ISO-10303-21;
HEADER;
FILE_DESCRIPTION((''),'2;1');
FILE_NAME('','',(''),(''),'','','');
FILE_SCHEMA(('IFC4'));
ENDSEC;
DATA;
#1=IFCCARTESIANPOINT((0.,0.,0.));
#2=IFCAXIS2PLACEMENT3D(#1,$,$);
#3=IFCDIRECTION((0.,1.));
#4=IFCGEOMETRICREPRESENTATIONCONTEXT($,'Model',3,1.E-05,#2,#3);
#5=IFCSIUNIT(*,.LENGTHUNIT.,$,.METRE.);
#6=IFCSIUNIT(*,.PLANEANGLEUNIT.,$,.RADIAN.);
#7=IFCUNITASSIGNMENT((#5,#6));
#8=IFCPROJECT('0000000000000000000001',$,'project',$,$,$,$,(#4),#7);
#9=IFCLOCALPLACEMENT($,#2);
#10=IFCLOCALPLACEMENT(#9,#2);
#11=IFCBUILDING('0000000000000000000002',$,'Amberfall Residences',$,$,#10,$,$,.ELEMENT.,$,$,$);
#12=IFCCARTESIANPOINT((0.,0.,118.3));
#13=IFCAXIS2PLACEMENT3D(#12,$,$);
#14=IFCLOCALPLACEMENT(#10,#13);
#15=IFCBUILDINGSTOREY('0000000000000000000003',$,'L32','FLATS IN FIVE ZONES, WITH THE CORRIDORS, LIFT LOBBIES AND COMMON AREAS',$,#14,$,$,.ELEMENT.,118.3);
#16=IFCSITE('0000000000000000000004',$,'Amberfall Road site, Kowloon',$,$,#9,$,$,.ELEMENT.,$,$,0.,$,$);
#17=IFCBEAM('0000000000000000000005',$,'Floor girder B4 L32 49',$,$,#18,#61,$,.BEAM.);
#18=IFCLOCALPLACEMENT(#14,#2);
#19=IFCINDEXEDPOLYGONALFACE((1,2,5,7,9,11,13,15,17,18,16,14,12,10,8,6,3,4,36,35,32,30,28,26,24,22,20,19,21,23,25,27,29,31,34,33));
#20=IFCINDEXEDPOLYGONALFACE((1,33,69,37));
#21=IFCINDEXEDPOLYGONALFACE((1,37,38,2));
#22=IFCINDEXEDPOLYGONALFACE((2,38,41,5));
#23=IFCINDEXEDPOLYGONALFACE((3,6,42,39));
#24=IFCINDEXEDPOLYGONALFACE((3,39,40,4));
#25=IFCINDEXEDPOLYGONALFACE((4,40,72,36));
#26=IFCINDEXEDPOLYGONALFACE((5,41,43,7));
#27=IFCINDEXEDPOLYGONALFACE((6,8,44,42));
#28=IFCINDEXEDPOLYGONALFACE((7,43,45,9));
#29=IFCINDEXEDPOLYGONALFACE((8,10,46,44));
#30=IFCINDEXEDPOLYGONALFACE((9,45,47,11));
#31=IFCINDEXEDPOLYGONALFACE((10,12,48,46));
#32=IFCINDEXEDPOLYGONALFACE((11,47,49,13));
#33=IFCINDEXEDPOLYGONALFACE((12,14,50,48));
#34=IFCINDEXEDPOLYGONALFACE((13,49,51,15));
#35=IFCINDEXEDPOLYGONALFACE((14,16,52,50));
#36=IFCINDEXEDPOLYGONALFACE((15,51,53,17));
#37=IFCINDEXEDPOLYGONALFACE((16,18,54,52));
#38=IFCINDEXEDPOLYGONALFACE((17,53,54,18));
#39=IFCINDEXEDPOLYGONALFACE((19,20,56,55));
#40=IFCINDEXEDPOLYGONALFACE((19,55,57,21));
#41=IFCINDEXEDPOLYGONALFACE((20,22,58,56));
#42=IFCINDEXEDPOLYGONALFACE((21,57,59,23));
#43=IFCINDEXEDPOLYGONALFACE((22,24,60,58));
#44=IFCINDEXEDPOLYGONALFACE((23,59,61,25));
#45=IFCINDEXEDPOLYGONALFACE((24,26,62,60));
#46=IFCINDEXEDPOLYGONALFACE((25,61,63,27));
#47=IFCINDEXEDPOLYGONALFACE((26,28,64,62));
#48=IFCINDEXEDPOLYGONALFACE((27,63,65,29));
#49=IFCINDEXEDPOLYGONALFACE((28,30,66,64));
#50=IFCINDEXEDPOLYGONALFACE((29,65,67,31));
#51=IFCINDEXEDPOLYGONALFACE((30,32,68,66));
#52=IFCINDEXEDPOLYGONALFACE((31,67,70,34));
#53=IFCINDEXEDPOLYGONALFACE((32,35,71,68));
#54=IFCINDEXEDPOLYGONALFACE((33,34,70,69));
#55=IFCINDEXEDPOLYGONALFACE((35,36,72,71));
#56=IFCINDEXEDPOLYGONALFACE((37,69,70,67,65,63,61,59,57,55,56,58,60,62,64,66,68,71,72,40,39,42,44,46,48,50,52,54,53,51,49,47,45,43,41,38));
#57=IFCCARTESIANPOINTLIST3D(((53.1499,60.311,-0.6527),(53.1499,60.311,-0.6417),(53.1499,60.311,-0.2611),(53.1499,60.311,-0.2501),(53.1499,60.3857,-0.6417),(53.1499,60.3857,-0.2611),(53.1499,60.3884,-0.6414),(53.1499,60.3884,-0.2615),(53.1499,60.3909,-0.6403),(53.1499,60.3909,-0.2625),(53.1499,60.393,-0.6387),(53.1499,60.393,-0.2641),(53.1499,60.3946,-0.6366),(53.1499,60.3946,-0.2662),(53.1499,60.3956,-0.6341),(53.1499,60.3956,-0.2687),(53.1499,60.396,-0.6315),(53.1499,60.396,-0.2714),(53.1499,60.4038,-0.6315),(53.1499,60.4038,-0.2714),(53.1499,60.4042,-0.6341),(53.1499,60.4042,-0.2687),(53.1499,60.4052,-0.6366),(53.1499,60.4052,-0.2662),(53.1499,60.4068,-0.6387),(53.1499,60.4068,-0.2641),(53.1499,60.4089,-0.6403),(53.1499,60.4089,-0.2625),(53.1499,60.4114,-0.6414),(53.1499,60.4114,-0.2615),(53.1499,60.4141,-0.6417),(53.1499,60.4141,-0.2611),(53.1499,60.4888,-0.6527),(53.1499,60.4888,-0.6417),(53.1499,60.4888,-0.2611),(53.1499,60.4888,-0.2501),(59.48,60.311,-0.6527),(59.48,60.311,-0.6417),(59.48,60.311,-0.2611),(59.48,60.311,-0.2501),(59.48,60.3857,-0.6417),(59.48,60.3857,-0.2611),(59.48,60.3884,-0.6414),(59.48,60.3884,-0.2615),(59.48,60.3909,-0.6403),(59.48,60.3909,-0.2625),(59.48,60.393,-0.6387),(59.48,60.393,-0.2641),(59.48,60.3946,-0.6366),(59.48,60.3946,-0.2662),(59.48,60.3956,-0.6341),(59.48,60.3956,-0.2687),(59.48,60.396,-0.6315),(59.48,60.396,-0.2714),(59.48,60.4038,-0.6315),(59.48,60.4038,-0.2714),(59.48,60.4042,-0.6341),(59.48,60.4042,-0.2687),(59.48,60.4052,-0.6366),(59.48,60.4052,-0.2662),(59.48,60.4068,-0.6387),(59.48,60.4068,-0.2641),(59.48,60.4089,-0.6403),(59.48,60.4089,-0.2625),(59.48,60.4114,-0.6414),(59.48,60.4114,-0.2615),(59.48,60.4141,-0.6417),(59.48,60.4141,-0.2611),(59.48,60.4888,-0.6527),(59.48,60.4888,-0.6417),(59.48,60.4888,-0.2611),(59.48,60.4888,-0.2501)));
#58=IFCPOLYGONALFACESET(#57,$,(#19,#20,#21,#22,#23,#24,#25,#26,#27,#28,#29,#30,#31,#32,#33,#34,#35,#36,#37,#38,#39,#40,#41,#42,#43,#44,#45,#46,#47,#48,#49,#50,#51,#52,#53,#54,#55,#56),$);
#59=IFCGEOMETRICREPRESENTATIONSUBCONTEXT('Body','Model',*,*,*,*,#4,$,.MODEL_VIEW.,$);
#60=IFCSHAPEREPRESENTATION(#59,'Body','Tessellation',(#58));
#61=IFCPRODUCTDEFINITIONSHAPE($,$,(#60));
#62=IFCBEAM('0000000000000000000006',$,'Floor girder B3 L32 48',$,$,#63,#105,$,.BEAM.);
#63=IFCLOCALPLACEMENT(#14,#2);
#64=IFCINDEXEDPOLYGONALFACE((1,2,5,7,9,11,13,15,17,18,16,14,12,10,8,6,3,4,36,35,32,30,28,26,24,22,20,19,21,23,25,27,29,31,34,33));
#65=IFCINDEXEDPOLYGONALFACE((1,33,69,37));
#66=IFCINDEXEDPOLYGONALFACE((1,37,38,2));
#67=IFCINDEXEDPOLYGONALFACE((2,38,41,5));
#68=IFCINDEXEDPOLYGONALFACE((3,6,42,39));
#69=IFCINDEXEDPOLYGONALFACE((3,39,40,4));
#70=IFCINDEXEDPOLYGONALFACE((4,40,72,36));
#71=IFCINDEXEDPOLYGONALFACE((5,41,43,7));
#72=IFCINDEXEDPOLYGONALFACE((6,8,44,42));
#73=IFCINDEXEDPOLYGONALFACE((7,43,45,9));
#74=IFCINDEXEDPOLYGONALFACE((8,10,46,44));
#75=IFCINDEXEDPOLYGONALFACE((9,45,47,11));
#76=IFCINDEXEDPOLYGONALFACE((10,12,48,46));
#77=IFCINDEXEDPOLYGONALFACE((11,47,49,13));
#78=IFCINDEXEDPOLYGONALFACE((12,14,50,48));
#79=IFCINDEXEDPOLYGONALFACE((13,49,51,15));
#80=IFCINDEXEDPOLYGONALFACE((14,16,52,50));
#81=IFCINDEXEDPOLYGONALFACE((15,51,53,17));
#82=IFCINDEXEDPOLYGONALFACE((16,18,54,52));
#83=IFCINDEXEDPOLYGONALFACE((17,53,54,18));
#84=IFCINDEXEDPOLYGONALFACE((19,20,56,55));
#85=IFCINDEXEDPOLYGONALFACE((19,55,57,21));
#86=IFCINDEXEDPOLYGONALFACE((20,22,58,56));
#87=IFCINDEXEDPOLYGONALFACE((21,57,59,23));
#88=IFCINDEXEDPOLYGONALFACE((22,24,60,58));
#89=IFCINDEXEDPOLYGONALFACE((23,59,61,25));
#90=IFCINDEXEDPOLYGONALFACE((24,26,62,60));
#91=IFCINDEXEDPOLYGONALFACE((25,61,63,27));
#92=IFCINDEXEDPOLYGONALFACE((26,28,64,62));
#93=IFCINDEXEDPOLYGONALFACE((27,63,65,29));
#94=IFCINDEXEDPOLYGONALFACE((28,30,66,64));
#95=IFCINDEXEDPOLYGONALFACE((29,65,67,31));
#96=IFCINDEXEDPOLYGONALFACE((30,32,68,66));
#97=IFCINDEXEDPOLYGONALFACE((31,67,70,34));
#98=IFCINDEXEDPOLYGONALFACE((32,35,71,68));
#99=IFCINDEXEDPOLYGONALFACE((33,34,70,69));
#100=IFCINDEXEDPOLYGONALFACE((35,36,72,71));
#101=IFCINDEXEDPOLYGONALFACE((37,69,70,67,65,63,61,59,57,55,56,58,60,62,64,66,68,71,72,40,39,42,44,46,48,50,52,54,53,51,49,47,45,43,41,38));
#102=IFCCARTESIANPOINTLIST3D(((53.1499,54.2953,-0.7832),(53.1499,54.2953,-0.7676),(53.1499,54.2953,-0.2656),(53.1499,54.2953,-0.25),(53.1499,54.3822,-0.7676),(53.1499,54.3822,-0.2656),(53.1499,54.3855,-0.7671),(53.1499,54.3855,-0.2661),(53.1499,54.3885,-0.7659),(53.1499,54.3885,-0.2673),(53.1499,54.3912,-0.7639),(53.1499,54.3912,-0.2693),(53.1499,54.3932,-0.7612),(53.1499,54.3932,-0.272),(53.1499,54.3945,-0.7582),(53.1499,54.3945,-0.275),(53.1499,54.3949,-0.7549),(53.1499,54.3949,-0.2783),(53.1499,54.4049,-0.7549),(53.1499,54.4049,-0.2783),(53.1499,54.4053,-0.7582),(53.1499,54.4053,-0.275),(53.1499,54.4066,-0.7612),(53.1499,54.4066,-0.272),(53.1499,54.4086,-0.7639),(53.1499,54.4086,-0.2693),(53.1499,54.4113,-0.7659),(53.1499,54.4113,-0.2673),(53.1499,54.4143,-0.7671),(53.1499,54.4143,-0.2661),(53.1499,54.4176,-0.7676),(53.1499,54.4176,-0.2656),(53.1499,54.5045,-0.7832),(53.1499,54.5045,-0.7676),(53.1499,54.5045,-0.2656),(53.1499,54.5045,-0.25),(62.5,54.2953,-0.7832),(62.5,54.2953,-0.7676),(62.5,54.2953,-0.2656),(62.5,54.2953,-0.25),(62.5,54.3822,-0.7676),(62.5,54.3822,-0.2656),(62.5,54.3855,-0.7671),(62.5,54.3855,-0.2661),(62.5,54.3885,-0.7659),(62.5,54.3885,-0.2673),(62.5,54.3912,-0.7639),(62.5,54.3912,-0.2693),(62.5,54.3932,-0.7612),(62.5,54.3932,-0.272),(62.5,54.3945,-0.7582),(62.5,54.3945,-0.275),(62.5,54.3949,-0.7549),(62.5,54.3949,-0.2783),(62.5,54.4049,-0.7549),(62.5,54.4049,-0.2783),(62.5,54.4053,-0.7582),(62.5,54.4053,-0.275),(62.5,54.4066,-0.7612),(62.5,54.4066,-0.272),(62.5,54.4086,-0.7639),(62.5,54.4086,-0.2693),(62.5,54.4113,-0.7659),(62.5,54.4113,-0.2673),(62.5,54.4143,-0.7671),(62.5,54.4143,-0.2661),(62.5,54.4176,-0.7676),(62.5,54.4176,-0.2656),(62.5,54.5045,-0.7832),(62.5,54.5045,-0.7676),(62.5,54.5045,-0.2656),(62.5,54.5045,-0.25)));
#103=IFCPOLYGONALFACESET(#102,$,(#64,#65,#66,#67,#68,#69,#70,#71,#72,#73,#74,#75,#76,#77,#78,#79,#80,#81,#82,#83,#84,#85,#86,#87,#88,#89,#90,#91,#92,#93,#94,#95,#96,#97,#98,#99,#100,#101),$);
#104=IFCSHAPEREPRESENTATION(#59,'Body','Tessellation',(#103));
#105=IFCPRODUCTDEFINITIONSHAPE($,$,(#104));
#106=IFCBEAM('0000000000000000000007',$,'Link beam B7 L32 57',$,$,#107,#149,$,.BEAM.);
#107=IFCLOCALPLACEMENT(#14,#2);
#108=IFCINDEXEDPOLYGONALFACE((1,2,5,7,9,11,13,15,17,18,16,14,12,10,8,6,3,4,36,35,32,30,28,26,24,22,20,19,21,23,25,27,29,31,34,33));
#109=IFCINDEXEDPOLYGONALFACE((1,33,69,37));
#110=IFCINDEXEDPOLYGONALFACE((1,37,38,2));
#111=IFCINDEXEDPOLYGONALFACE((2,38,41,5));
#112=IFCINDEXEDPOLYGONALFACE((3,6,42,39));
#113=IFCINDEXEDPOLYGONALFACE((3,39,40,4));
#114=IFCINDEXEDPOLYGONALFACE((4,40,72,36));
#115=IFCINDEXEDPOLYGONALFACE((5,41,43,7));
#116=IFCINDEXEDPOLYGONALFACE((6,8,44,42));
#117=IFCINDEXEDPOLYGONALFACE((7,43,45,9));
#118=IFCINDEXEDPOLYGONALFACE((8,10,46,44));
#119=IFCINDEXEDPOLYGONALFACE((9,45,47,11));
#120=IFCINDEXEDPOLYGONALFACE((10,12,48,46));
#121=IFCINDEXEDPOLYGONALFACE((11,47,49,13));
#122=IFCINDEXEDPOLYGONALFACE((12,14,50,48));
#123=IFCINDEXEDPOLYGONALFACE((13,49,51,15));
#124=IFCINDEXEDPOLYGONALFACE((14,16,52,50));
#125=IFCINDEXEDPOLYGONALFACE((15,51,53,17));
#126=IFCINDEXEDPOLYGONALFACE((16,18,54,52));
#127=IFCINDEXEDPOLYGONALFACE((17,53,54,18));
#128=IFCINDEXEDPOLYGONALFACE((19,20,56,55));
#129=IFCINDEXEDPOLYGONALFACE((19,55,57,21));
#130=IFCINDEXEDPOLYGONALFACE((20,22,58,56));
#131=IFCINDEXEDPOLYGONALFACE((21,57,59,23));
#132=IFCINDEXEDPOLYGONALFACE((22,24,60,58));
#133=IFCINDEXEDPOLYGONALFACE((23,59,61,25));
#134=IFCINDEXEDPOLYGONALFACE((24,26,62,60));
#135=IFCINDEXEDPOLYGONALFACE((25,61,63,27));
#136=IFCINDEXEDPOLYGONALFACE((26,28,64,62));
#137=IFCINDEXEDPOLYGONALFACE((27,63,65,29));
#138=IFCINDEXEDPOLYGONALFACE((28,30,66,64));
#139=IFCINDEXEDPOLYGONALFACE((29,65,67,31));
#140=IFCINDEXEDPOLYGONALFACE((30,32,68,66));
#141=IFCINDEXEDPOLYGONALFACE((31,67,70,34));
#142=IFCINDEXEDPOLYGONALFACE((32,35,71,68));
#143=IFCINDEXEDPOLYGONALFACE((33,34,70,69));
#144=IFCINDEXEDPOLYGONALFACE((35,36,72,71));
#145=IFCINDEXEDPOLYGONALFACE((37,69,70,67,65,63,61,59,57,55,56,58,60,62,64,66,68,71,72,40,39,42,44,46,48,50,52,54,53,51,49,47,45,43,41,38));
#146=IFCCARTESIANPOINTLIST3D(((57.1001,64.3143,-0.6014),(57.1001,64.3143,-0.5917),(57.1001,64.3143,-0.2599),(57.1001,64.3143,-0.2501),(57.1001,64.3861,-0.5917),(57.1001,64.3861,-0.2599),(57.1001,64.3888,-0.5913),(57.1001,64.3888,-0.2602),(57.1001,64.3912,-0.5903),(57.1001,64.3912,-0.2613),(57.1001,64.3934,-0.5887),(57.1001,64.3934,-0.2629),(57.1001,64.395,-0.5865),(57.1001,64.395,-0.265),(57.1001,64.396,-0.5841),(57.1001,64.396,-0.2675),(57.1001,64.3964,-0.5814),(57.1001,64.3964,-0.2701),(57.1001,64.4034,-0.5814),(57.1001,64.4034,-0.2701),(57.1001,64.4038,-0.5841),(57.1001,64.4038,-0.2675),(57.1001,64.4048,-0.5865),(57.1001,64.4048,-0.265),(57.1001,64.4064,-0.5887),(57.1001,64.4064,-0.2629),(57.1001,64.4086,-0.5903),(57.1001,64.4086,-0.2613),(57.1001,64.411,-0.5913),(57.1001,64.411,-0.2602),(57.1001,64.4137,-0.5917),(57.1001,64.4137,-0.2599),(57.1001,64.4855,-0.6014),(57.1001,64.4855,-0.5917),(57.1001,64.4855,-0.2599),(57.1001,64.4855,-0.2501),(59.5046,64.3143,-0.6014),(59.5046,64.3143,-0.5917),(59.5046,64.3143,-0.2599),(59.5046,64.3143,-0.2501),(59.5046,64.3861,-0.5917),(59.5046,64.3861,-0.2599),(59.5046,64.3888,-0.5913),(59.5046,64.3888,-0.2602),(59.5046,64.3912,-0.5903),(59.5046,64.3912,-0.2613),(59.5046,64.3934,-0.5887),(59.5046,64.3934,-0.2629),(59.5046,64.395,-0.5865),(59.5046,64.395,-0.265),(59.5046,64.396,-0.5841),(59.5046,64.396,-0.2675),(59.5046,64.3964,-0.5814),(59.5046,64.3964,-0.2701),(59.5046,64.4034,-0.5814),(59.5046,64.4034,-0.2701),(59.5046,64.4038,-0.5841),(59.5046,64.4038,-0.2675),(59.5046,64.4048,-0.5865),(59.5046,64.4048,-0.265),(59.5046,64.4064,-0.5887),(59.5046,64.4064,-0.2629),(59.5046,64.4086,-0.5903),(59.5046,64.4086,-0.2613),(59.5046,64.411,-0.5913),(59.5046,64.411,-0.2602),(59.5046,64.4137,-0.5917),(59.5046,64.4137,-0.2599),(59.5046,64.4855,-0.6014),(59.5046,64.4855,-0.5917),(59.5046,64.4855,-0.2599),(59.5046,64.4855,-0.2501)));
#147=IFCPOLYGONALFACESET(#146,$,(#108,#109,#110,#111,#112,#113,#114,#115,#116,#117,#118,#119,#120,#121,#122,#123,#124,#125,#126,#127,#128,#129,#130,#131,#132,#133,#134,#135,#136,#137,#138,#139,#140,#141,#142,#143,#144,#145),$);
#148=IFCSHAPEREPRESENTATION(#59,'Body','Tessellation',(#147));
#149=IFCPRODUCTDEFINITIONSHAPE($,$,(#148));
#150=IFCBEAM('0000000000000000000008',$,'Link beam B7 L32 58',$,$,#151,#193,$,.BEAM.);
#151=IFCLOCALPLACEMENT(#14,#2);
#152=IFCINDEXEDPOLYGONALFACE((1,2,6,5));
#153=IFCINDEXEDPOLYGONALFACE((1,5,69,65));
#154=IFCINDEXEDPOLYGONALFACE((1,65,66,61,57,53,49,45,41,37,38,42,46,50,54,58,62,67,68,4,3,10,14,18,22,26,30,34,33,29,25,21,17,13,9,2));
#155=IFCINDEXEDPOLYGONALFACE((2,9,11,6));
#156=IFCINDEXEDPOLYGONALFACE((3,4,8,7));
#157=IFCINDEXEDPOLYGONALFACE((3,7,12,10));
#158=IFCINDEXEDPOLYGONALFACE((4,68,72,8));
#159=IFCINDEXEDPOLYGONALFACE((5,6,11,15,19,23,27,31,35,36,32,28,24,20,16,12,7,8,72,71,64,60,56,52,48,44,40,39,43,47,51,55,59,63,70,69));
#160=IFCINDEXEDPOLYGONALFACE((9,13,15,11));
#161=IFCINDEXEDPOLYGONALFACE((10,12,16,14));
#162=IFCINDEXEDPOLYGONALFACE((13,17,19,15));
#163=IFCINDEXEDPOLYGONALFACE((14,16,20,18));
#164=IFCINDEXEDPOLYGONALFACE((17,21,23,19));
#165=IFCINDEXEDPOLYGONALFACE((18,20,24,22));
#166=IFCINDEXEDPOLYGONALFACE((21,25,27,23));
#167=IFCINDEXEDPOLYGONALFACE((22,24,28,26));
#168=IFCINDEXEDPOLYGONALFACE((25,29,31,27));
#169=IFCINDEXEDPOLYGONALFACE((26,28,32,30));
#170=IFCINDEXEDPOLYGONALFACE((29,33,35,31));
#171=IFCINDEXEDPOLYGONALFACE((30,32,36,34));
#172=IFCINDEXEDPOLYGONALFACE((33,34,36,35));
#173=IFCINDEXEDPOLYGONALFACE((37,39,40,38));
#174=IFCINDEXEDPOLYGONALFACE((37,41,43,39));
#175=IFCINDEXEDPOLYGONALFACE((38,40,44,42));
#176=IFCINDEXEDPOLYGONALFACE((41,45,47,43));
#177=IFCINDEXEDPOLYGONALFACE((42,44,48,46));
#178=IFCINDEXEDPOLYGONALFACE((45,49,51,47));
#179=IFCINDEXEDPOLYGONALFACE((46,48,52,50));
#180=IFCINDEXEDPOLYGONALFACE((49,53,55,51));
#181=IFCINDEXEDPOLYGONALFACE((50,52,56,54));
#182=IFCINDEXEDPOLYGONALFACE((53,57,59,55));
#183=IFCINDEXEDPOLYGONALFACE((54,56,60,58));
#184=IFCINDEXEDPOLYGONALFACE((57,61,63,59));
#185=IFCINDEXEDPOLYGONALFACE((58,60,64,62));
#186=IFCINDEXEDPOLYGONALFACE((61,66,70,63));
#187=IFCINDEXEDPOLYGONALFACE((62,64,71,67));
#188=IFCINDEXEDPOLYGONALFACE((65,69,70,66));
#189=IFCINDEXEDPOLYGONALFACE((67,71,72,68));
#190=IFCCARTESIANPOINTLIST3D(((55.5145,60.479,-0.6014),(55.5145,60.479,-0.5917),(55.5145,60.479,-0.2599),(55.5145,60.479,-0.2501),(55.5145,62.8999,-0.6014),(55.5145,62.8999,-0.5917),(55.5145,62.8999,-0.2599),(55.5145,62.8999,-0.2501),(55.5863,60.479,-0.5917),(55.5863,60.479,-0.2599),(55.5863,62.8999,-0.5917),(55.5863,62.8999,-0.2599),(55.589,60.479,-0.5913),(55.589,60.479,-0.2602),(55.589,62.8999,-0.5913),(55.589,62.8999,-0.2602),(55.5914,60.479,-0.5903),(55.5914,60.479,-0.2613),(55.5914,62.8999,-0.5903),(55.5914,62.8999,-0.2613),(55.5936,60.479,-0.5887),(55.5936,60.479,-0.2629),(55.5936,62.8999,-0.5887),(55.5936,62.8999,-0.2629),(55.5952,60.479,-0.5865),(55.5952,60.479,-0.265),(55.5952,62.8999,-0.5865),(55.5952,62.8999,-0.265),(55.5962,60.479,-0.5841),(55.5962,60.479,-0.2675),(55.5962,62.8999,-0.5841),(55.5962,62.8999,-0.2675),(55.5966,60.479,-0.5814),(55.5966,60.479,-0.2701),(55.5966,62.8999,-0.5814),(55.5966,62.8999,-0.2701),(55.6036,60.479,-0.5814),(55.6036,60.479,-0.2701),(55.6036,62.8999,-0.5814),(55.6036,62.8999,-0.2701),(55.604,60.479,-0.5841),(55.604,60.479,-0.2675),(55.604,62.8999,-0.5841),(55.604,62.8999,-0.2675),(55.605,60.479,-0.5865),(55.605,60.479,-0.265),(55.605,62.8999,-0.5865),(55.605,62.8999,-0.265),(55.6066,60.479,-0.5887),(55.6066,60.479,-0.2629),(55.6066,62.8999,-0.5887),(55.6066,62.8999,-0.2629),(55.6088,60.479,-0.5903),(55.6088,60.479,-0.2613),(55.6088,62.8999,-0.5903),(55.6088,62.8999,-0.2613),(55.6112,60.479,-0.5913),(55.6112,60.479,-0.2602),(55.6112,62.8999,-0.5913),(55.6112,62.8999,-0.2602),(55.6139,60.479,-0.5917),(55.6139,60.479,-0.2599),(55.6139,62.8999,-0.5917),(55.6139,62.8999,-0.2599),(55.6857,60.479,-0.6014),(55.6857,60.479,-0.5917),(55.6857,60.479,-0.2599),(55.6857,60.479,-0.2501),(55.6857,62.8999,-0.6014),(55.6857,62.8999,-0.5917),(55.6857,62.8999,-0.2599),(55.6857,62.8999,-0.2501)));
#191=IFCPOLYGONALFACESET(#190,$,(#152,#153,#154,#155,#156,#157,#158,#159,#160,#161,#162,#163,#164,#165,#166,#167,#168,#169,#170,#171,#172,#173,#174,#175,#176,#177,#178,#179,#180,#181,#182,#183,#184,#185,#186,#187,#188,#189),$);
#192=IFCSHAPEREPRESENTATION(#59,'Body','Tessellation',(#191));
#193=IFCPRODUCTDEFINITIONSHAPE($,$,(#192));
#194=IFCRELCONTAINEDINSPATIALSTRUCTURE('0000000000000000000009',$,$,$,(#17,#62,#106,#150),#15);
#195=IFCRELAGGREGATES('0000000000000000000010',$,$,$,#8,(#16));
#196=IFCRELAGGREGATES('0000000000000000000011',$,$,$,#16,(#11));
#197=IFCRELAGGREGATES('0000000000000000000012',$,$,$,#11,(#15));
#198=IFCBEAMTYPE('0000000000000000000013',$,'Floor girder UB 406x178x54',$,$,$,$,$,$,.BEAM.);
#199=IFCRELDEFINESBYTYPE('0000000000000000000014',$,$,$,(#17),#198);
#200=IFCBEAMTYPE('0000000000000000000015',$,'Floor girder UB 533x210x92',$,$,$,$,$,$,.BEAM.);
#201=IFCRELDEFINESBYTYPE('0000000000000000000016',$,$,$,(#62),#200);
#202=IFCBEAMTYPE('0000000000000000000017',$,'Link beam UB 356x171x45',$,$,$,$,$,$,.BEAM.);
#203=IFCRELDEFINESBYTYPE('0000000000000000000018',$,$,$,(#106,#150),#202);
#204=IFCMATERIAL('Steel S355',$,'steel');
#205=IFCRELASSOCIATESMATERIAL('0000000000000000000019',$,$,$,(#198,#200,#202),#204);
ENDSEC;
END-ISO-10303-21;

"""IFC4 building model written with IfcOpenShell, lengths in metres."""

from ifc_helpers import new_model, si_unit, direction, frame, origin, origin_2d, place, context, subcontext, project, spatial, i_section, extrude, material, material_profile, profile_set, type_object, element, save


model = new_model("IFC4")

# Units and contexts
model_context = context("Model", 3, precision=1e-05, world=origin(), true_north=direction((0.0, 1.0)))
body_context = subcontext(model_context, "Body", "Model", "MODEL_VIEW")
ifc_project = project(units=[si_unit("LENGTHUNIT", "METRE"), si_unit("PLANEANGLEUNIT", "RADIAN")], contexts=[model_context])

# Site, building, storey
site_placement = place(None, origin())
site = spatial("IfcSite", under=ifc_project, at=site_placement, Name="Amberfall Road site, Kowloon", CompositionType="ELEMENT", RefElevation=0.0)
building_placement = place(site_placement, origin())
building = spatial("IfcBuilding", under=site, at=building_placement, Name="Amberfall Residences", CompositionType="ELEMENT")
storey_placement = place(building_placement, frame((0.0, 0.0, 118.3)))
storey = spatial("IfcBuildingStorey", under=building, at=storey_placement, Name="L32", Description="FLATS IN FIVE ZONES, WITH THE CORRIDORS, LIFT LOBBIES AND COMMON AREAS", CompositionType="ELEMENT", Elevation=118.3)

# Shared definitions
ifc_material_1 = material(Name="Steel S355", Category="steel")

# Beams
ifc_material_profile_1 = material_profile(ifc_material_1, i_section(OverallWidth=0.1777, OverallDepth=0.4026, WebThickness=0.0078, FlangeThickness=0.011, FilletRadius=0.0103, at=origin_2d()), Name="UB 406x178x54")
ifc_profile_set_1 = profile_set([ifc_material_profile_1], Name="Steel S355")
beam_type_1 = type_object("IfcBeamType", Name="Floor girder UB 406x178x54", PredefinedType="BEAM", material=ifc_profile_set_1)
beam_1_placement = place(storey_placement, frame((53.1499, 60.3999, -0.4514), z_axis=(1.0, 0.0, 0.0), x_axis=(0.0, 1.0, 0.0)))
element("IfcBeam", 1, at=beam_1_placement, inside=storey, type_object=beam_type_1, Name="Floor girder B4 L32 49", PredefinedType="BEAM", context=body_context, shape_type="SweptSolid", body=[
    extrude(i_section(OverallWidth=0.1777, OverallDepth=0.4026, WebThickness=0.0078, FlangeThickness=0.011, FilletRadius=0.0103, at=origin_2d()), origin(), (0.0, 0.0, 1.0), 6.3301),
])
ifc_material_profile_2 = material_profile(ifc_material_1, i_section(OverallWidth=0.2092, OverallDepth=0.5332, WebThickness=0.01, FlangeThickness=0.0156, FilletRadius=0.0127, at=origin_2d()), Name="UB 533x210x92")
ifc_profile_set_2 = profile_set([ifc_material_profile_2], Name="Steel S355")
beam_type_2 = type_object("IfcBeamType", Name="Floor girder UB 533x210x92", PredefinedType="BEAM", material=ifc_profile_set_2)
beam_2_placement = place(storey_placement, frame((53.1499, 54.3999, -0.5166), z_axis=(1.0, 0.0, 0.0), x_axis=(0.0, 1.0, 0.0)))
element("IfcBeam", 2, at=beam_2_placement, inside=storey, type_object=beam_type_2, Name="Floor girder B3 L32 48", PredefinedType="BEAM", context=body_context, shape_type="SweptSolid", body=[
    extrude(i_section(OverallWidth=0.2092, OverallDepth=0.5332, WebThickness=0.01, FlangeThickness=0.0156, FilletRadius=0.0127, at=origin_2d()), origin(), (0.0, 0.0, 1.0), 9.3501),
])
ifc_material_profile_3 = material_profile(ifc_material_1, i_section(OverallWidth=0.1711, OverallDepth=0.3513, WebThickness=0.0071, FlangeThickness=0.0098, FilletRadius=0.0103, at=origin_2d()), Name="UB 356x171x45")
ifc_profile_set_3 = profile_set([ifc_material_profile_3], Name="Steel S355")
beam_type_3 = type_object("IfcBeamType", Name="Link beam UB 356x171x45", PredefinedType="BEAM", material=ifc_profile_set_3)
beam_3_placement = place(storey_placement, frame((57.1001, 64.3999, -0.4258), z_axis=(1.0, 0.0, 0.0), x_axis=(0.0, 1.0, 0.0)))
element("IfcBeam", 3, at=beam_3_placement, inside=storey, type_object=beam_type_3, Name="Link beam B7 L32 57", PredefinedType="BEAM", context=body_context, shape_type="SweptSolid", body=[
    extrude(i_section(OverallWidth=0.1711, OverallDepth=0.3513, WebThickness=0.0071, FlangeThickness=0.0098, FilletRadius=0.0103, at=origin_2d()), origin(), (0.0, 0.0, 1.0), 2.4045),
])
beam_4_placement = place(storey_placement, frame((55.6001, 62.8999, -0.4258), z_axis=(0.0, -1.0, 0.0), x_axis=(1.0, 0.0, 0.0)))
element("IfcBeam", 4, at=beam_4_placement, inside=storey, type_object=beam_type_3, Name="Link beam B7 L32 58", PredefinedType="BEAM", context=body_context, shape_type="SweptSolid", body=[
    extrude(i_section(OverallWidth=0.1711, OverallDepth=0.3513, WebThickness=0.0071, FlangeThickness=0.0098, FilletRadius=0.0103, at=origin_2d()), origin(), (0.0, 0.0, 1.0), 2.4209),
])

save(model, "model.ifc")
